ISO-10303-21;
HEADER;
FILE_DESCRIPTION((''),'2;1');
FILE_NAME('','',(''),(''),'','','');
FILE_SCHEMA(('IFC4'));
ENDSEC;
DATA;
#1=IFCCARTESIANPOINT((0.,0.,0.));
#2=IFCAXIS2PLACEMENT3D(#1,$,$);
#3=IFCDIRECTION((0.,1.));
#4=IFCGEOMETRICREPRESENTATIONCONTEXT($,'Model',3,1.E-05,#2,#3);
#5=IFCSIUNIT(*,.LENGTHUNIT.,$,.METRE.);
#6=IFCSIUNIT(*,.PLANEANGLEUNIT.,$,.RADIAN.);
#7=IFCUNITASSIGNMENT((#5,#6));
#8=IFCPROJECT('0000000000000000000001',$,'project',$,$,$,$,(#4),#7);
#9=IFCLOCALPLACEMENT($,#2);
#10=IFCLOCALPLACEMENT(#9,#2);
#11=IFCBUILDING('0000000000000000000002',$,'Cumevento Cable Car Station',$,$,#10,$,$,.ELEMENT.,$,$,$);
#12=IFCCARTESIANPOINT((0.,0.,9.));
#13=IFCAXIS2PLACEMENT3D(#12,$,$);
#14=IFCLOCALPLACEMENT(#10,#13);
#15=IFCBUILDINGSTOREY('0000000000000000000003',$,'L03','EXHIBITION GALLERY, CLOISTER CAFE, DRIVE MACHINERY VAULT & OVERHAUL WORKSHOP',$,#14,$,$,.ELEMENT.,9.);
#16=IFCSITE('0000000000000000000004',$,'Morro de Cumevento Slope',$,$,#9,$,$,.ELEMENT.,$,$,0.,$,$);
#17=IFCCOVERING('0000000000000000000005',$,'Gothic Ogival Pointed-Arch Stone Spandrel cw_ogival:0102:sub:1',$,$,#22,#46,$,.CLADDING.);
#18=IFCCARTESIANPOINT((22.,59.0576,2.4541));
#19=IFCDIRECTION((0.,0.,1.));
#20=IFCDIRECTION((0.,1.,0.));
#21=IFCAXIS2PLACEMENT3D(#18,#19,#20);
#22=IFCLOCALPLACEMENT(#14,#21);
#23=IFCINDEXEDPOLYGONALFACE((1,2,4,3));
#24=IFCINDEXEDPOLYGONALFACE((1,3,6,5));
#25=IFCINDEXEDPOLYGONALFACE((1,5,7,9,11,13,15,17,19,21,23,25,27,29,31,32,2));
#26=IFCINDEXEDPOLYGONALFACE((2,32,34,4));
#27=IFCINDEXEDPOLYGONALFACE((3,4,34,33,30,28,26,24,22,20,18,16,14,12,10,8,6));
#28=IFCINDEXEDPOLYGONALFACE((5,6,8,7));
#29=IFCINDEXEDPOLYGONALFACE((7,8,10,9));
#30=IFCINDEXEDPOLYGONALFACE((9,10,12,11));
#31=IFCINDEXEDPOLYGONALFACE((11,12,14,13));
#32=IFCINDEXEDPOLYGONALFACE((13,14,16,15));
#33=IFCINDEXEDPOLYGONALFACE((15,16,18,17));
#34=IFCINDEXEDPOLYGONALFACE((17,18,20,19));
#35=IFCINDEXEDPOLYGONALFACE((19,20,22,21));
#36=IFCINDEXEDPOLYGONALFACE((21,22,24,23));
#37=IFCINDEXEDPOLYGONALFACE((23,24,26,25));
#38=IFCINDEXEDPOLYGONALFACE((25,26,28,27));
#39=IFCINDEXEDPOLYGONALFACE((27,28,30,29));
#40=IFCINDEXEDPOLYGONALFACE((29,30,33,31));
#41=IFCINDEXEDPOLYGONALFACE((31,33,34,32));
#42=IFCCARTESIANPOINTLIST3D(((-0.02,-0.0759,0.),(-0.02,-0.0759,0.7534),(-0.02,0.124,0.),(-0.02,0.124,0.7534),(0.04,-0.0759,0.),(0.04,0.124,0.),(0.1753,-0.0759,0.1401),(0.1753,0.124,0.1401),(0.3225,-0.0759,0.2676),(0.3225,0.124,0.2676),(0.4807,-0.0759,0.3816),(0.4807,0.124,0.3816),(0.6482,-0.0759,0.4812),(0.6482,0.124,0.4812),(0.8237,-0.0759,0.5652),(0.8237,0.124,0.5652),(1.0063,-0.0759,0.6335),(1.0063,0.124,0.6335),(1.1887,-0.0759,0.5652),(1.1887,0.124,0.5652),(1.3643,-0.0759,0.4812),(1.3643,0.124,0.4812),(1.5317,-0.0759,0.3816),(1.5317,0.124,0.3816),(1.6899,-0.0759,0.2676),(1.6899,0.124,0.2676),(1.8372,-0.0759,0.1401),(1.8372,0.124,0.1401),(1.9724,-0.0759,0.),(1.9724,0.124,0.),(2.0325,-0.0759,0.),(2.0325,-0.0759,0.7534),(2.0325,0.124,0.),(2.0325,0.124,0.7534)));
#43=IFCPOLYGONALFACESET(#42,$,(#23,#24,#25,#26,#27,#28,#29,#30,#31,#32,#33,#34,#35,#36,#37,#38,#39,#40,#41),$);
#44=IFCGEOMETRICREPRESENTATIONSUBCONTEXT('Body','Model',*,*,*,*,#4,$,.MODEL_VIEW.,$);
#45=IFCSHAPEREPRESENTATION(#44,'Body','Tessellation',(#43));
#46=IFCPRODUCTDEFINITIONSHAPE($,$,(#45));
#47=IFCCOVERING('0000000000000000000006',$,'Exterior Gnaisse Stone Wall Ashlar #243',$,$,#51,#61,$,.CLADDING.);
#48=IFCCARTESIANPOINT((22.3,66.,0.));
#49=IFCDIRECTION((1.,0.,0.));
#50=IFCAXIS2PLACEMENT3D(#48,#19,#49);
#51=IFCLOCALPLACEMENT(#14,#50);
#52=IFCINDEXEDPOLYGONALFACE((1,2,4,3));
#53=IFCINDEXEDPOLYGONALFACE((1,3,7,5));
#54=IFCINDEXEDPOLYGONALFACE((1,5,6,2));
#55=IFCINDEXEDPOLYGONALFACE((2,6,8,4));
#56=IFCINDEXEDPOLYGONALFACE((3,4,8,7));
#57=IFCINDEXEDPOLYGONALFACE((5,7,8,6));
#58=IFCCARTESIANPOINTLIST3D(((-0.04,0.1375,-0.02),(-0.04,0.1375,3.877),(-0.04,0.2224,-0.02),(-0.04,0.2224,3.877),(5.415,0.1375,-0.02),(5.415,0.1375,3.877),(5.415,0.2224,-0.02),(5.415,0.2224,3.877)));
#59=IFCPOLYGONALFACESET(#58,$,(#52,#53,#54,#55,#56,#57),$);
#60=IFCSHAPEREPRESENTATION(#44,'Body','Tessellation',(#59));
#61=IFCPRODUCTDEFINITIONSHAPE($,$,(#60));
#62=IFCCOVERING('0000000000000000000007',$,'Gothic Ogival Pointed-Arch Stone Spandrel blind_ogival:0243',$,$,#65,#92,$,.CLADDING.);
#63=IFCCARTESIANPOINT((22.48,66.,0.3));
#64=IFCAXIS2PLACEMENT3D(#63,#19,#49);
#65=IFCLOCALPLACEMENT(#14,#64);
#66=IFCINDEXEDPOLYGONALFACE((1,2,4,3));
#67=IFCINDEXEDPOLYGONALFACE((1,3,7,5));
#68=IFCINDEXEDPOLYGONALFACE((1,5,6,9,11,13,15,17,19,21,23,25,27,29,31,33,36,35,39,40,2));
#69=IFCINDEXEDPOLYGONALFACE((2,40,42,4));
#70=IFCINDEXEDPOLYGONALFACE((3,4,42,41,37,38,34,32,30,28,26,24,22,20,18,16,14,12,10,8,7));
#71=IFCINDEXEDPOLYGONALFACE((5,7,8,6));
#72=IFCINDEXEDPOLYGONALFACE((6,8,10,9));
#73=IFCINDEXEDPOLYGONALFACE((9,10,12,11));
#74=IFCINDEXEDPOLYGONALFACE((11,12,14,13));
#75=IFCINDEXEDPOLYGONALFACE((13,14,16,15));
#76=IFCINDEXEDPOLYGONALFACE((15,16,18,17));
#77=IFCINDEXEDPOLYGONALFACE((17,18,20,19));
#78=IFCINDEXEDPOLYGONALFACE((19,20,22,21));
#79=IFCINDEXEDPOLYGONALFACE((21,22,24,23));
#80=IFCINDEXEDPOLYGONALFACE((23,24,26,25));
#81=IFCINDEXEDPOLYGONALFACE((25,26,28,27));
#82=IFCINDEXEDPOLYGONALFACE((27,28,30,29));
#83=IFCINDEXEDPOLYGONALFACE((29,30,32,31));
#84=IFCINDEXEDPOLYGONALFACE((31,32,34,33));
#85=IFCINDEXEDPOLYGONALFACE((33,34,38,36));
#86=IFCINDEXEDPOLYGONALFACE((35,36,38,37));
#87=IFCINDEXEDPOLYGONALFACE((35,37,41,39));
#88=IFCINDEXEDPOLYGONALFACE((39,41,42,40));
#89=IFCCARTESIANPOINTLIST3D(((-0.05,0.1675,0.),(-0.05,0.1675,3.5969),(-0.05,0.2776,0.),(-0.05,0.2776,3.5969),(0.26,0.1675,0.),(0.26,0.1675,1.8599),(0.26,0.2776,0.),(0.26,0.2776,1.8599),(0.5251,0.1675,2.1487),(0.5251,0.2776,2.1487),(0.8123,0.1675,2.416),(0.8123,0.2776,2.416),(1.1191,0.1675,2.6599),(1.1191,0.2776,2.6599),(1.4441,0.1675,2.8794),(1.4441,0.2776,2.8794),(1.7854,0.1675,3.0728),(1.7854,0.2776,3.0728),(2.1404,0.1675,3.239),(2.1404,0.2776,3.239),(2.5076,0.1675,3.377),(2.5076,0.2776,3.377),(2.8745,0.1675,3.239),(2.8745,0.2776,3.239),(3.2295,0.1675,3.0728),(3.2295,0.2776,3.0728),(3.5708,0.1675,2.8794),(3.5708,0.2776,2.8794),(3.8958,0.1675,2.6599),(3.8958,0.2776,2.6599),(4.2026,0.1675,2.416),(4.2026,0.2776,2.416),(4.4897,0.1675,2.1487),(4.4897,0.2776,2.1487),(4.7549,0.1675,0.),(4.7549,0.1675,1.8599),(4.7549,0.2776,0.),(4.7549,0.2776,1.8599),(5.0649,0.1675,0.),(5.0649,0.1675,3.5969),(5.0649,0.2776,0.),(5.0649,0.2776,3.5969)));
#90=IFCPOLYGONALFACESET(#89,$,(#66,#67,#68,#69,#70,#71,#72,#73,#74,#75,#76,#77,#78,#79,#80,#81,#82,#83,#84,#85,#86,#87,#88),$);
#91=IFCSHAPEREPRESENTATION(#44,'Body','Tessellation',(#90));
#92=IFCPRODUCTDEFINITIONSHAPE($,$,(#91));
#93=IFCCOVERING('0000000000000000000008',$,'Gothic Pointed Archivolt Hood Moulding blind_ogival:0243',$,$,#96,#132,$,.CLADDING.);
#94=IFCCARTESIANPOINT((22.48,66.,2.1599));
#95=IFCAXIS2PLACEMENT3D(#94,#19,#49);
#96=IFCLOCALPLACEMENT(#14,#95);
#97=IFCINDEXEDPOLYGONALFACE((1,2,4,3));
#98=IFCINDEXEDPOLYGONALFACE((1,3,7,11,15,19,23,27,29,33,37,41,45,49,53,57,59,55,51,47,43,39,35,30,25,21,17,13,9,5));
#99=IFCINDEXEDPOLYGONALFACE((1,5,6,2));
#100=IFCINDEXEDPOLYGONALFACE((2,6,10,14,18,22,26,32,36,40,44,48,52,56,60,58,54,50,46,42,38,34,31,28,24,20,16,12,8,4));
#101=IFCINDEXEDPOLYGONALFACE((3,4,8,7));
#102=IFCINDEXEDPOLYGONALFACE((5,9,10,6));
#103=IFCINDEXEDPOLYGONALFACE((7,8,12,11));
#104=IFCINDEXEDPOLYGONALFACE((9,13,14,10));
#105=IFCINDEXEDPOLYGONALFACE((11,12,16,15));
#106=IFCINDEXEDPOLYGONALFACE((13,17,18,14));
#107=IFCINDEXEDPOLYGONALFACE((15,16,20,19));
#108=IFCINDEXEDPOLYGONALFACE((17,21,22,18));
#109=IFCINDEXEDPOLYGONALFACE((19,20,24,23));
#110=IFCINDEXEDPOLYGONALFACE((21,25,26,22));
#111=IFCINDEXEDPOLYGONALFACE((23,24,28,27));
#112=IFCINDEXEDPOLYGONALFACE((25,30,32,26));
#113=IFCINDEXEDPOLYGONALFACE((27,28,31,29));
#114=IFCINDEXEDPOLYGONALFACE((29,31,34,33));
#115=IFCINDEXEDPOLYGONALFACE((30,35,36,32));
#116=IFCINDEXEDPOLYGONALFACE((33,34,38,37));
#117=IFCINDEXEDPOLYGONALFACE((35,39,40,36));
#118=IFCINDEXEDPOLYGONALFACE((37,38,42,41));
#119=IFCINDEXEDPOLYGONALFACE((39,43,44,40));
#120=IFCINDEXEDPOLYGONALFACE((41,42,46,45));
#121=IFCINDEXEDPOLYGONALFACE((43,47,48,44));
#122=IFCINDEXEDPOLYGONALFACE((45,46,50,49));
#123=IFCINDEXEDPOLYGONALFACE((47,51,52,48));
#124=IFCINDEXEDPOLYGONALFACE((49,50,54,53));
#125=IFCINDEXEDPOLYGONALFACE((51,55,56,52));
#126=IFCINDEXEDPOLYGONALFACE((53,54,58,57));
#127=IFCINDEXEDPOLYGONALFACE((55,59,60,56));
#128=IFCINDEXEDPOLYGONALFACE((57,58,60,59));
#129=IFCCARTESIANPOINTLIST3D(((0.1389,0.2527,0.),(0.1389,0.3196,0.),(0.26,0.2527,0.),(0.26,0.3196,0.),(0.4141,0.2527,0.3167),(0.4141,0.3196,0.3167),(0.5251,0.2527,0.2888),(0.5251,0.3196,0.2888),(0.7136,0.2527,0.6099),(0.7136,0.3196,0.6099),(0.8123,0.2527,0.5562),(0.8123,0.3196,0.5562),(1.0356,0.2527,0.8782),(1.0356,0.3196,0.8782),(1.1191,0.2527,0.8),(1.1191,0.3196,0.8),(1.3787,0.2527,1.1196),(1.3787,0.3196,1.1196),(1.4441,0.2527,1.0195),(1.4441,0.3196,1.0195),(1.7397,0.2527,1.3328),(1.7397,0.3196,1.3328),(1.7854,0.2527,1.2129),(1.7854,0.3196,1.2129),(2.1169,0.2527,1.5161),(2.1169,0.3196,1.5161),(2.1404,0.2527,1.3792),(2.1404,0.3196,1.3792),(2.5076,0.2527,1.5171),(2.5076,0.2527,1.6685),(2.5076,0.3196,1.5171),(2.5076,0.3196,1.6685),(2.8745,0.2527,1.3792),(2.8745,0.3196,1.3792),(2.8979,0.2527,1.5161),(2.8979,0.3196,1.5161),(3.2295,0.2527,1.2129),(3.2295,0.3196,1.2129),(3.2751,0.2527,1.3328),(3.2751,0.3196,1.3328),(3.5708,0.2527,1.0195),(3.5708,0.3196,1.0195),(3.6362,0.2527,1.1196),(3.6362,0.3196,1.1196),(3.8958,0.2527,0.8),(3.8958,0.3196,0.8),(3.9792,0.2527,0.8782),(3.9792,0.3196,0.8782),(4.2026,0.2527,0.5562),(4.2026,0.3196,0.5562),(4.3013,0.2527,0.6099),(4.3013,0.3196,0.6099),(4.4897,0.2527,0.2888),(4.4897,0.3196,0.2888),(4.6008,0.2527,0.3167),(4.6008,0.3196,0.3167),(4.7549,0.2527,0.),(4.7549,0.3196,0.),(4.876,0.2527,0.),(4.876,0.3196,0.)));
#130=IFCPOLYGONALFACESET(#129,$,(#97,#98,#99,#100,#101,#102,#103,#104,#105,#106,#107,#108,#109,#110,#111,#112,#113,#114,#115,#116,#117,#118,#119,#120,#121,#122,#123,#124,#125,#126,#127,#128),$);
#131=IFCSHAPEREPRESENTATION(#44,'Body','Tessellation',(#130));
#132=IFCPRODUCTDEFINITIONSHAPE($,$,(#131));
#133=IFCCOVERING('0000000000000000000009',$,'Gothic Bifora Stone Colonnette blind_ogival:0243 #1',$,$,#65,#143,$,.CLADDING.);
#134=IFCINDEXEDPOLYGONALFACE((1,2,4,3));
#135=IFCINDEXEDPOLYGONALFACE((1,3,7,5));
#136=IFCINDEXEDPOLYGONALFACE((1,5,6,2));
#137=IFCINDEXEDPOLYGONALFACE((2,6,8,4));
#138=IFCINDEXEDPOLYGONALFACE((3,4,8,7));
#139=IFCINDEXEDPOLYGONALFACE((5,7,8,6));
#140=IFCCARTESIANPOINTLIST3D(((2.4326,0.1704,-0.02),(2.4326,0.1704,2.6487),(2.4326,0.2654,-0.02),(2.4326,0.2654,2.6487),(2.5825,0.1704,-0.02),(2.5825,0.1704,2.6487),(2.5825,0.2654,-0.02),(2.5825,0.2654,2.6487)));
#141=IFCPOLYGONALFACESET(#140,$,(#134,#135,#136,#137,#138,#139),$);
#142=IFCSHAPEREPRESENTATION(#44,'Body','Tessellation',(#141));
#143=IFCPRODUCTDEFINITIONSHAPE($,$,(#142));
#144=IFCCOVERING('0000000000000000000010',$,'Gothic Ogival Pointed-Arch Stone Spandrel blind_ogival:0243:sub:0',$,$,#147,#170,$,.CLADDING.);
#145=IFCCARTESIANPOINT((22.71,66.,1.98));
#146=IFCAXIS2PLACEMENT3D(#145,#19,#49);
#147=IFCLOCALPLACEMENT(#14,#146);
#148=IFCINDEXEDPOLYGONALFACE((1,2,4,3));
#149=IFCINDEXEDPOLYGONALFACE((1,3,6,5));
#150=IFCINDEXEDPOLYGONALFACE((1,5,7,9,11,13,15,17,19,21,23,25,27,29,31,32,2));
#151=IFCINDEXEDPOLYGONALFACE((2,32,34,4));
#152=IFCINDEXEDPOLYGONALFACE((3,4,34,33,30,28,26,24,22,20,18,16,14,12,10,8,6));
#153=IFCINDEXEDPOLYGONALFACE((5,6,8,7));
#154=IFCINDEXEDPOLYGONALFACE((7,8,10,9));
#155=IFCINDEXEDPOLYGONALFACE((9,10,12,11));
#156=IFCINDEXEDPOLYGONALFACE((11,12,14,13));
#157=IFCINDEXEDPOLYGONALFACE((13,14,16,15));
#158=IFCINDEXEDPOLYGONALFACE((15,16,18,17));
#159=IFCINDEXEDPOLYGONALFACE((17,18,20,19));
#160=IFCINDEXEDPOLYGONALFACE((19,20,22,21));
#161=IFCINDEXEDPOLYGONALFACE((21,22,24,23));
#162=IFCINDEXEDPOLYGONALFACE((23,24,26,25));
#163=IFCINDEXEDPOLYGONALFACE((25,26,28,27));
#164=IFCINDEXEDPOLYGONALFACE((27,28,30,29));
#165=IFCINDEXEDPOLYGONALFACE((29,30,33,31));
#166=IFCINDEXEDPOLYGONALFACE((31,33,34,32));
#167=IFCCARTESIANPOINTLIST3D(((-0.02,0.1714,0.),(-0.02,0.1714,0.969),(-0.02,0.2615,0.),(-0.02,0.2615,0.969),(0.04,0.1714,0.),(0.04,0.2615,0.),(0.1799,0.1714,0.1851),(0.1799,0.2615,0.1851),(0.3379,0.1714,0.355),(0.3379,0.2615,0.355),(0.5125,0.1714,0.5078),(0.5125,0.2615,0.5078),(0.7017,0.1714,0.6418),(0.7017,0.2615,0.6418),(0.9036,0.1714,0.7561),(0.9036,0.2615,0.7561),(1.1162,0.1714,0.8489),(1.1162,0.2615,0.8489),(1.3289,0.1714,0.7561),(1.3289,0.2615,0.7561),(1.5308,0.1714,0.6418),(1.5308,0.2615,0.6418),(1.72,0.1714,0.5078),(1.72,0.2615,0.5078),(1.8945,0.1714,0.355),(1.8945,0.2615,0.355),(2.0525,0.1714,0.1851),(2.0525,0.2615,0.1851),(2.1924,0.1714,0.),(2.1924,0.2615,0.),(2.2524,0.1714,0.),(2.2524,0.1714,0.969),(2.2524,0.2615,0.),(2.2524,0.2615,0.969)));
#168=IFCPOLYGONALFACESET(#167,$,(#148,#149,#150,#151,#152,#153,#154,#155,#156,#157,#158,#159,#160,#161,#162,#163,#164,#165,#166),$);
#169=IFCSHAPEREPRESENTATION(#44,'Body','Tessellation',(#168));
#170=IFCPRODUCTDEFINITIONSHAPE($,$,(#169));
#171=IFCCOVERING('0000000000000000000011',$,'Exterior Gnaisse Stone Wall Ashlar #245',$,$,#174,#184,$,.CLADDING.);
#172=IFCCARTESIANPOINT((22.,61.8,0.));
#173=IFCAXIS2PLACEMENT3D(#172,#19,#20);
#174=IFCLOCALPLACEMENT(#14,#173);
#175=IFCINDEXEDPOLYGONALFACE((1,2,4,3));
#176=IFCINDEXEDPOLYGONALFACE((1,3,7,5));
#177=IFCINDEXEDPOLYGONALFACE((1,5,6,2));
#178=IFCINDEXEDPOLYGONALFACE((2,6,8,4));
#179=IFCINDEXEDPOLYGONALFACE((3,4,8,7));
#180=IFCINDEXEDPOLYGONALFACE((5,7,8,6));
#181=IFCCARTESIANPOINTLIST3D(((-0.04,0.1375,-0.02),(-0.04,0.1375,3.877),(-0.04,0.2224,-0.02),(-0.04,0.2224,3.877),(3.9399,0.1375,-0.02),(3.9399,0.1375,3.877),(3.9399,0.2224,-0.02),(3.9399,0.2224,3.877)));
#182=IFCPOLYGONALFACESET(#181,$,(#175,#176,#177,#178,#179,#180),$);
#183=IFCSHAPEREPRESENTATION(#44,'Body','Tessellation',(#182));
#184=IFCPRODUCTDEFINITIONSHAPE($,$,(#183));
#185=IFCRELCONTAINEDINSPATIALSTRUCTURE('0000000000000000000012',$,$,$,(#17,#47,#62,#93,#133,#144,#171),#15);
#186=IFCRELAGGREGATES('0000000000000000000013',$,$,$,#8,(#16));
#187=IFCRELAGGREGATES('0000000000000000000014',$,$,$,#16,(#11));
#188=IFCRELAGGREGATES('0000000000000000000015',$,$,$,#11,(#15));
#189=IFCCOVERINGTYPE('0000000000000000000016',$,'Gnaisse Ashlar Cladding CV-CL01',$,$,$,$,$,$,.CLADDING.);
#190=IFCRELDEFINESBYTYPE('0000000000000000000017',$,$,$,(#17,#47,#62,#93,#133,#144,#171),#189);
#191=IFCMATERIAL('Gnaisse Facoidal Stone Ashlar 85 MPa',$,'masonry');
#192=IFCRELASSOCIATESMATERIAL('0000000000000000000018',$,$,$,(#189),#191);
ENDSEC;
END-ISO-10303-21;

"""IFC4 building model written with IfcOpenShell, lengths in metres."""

from ifc_helpers import new_model, si_unit, direction, frame, origin, place, context, subcontext, project, spatial, polyline, outline, extrude, material, type_object, element, save


model = new_model("IFC4")

# Units and contexts
model_context = context("Model", 3, precision=1e-05, world=origin(), true_north=direction((0.0, 1.0)))
body_context = subcontext(model_context, "Body", "Model", "MODEL_VIEW")
ifc_project = project(units=[si_unit("LENGTHUNIT", "METRE"), si_unit("PLANEANGLEUNIT", "RADIAN")], contexts=[model_context])

# Site, building, storey
site_placement = place(None, origin())
site = spatial("IfcSite", under=ifc_project, at=site_placement, Name="Morro de Cumevento Slope", CompositionType="ELEMENT", RefElevation=0.0)
building_placement = place(site_placement, origin())
building = spatial("IfcBuilding", under=site, at=building_placement, Name="Cumevento Cable Car Station", CompositionType="ELEMENT")
storey_placement = place(building_placement, frame((0.0, 0.0, 9.0)))
storey = spatial("IfcBuildingStorey", under=building, at=storey_placement, Name="L03", Description="EXHIBITION GALLERY, CLOISTER CAFE, DRIVE MACHINERY VAULT & OVERHAUL WORKSHOP", CompositionType="ELEMENT", Elevation=9.0)

# Coverings
ifc_material_1 = material(Name="Gnaisse Facoidal Stone Ashlar 85 MPa", Category="masonry")
covering_type = type_object("IfcCoveringType", Name="Gnaisse Ashlar Cladding CV-CL01", PredefinedType="CLADDING", material=ifc_material_1)
covering_1_placement = place(storey_placement, frame((22.0, 59.0576, 2.4541), z_axis=(0.0, 0.0, 1.0), x_axis=(0.0, 1.0, 0.0)))
element("IfcCovering", 1, at=covering_1_placement, inside=storey, type_object=covering_type, Name="Gothic Ogival Pointed-Arch Stone Spandrel cw_ogival:0102:sub:1", PredefinedType="CLADDING", context=body_context, shape_type="SweptSolid", body=[
    extrude(outline(polyline([(-0.02, 0.0), (-0.02, 0.7534), (2.0325, 0.7534), (2.0325, 0.0), (1.9724, 0.0), (1.8372, 0.1401), (1.6899, 0.2676), (1.5317, 0.3816), (1.3643, 0.4812), (1.1887, 0.5652), (1.0063, 0.6335), (0.8237, 0.5652), (0.6482, 0.4812), (0.4807, 0.3816), (0.3225, 0.2676), (0.1753, 0.1401), (0.04, 0.0), (-0.02, 0.0)])), frame((0.0, 0.124, 0.0), z_axis=(0.0, -1.0, 0.0), x_axis=(1.0, 0.0, 0.0)), (0.0, 0.0, 1.0), 0.2),
])
covering_2_placement = place(storey_placement, frame((22.3, 66.0, 0.0), z_axis=(0.0, 0.0, 1.0), x_axis=(1.0, 0.0, 0.0)))
element("IfcCovering", 2, at=covering_2_placement, inside=storey, type_object=covering_type, Name="Exterior Gnaisse Stone Wall Ashlar #243", PredefinedType="CLADDING", context=body_context, shape_type="SweptSolid", body=[
    extrude(outline(polyline([(-0.04, -0.02), (5.415, -0.02), (5.415, 3.877), (-0.04, 3.877), (-0.04, -0.02)])), frame((0.0, 0.2224, 0.0), z_axis=(0.0, -1.0, 0.0), x_axis=(1.0, 0.0, 0.0)), (0.0, 0.0, 1.0), 0.085),
])
placement = place(storey_placement, frame((22.48, 66.0, 0.3), z_axis=(0.0, 0.0, 1.0), x_axis=(1.0, 0.0, 0.0)))
element("IfcCovering", 3, at=placement, inside=storey, type_object=covering_type, Name="Gothic Ogival Pointed-Arch Stone Spandrel blind_ogival:0243", PredefinedType="CLADDING", context=body_context, shape_type="SweptSolid", body=[
    extrude(outline(polyline([(-0.05, 0.0), (-0.05, 3.5969), (5.0649, 3.5969), (5.0649, 0.0), (4.7549, 0.0), (4.7549, 1.8599), (4.4897, 2.1487), (4.2026, 2.416), (3.8958, 2.6599), (3.5708, 2.8794), (3.2295, 3.0728), (2.8745, 3.239), (2.5076, 3.377), (2.1404, 3.239), (1.7854, 3.0728), (1.4441, 2.8794), (1.1191, 2.6599), (0.8123, 2.416), (0.5251, 2.1487), (0.26, 1.8599), (0.26, 0.0), (-0.05, 0.0)])), frame((0.0, 0.2776, 0.0), z_axis=(0.0, -1.0, 0.0), x_axis=(1.0, 0.0, 0.0)), (0.0, 0.0, 1.0), 0.1101),
])
covering_3_placement = place(storey_placement, frame((22.48, 66.0, 2.1599), z_axis=(0.0, 0.0, 1.0), x_axis=(1.0, 0.0, 0.0)))
element("IfcCovering", 4, at=covering_3_placement, inside=storey, type_object=covering_type, Name="Gothic Pointed Archivolt Hood Moulding blind_ogival:0243", PredefinedType="CLADDING", context=body_context, shape_type="SweptSolid", body=[
    extrude(outline(polyline([(0.26, 0.0), (0.5251, 0.2888), (0.8123, 0.5562), (1.1191, 0.8), (1.4441, 1.0195), (1.7854, 1.2129), (2.1404, 1.3792), (2.5076, 1.5171), (2.8745, 1.3792), (3.2295, 1.2129), (3.5708, 1.0195), (3.8958, 0.8), (4.2026, 0.5562), (4.4897, 0.2888), (4.7549, 0.0), (4.876, 0.0), (4.6008, 0.3167), (4.3013, 0.6099), (3.9792, 0.8782), (3.6362, 1.1196), (3.2751, 1.3328), (2.8979, 1.5161), (2.5076, 1.6685), (2.1169, 1.5161), (1.7397, 1.3328), (1.3787, 1.1196), (1.0356, 0.8782), (0.7136, 0.6099), (0.4141, 0.3167), (0.1389, 0.0), (0.26, 0.0)])), frame((0.0, 0.3196, 0.0), z_axis=(0.0, -1.0, 0.0), x_axis=(1.0, 0.0, 0.0)), (0.0, 0.0, 1.0), 0.0669),
])
element("IfcCovering", 5, at=placement, inside=storey, type_object=covering_type, Name="Gothic Bifora Stone Colonnette blind_ogival:0243 #1", PredefinedType="CLADDING", context=body_context, shape_type="SweptSolid", body=[
    extrude(outline(polyline([(2.4326, -0.02), (2.5825, -0.02), (2.5825, 2.6487), (2.4326, 2.6487), (2.4326, -0.02)])), frame((0.0, 0.2654, 0.0), z_axis=(0.0, -1.0, 0.0), x_axis=(1.0, 0.0, 0.0)), (0.0, 0.0, 1.0), 0.095),
])
covering_4_placement = place(storey_placement, frame((22.71, 66.0, 1.98), z_axis=(0.0, 0.0, 1.0), x_axis=(1.0, 0.0, 0.0)))
element("IfcCovering", 6, at=covering_4_placement, inside=storey, type_object=covering_type, Name="Gothic Ogival Pointed-Arch Stone Spandrel blind_ogival:0243:sub:0", PredefinedType="CLADDING", context=body_context, shape_type="SweptSolid", body=[
    extrude(outline(polyline([(-0.02, 0.0), (-0.02, 0.969), (2.2524, 0.969), (2.2524, 0.0), (2.1924, 0.0), (2.0525, 0.1851), (1.8945, 0.355), (1.72, 0.5078), (1.5308, 0.6418), (1.3289, 0.7561), (1.1162, 0.8489), (0.9036, 0.7561), (0.7017, 0.6418), (0.5125, 0.5078), (0.3379, 0.355), (0.1799, 0.1851), (0.04, 0.0), (-0.02, 0.0)])), frame((0.0, 0.2615, 0.0), z_axis=(0.0, -1.0, 0.0), x_axis=(1.0, 0.0, 0.0)), (0.0, 0.0, 1.0), 0.0901),
])
covering_5_placement = place(storey_placement, frame((22.0, 61.8, 0.0), z_axis=(0.0, 0.0, 1.0), x_axis=(0.0, 1.0, 0.0)))
element("IfcCovering", 7, at=covering_5_placement, inside=storey, type_object=covering_type, Name="Exterior Gnaisse Stone Wall Ashlar #245", PredefinedType="CLADDING", context=body_context, shape_type="SweptSolid", body=[
    extrude(outline(polyline([(-0.04, -0.02), (3.9399, -0.02), (3.9399, 3.877), (-0.04, 3.877), (-0.04, -0.02)])), frame((0.0, 0.2224, 0.0), z_axis=(0.0, -1.0, 0.0), x_axis=(1.0, 0.0, 0.0)), (0.0, 0.0, 1.0), 0.085),
])

save(model, "model.ifc")
